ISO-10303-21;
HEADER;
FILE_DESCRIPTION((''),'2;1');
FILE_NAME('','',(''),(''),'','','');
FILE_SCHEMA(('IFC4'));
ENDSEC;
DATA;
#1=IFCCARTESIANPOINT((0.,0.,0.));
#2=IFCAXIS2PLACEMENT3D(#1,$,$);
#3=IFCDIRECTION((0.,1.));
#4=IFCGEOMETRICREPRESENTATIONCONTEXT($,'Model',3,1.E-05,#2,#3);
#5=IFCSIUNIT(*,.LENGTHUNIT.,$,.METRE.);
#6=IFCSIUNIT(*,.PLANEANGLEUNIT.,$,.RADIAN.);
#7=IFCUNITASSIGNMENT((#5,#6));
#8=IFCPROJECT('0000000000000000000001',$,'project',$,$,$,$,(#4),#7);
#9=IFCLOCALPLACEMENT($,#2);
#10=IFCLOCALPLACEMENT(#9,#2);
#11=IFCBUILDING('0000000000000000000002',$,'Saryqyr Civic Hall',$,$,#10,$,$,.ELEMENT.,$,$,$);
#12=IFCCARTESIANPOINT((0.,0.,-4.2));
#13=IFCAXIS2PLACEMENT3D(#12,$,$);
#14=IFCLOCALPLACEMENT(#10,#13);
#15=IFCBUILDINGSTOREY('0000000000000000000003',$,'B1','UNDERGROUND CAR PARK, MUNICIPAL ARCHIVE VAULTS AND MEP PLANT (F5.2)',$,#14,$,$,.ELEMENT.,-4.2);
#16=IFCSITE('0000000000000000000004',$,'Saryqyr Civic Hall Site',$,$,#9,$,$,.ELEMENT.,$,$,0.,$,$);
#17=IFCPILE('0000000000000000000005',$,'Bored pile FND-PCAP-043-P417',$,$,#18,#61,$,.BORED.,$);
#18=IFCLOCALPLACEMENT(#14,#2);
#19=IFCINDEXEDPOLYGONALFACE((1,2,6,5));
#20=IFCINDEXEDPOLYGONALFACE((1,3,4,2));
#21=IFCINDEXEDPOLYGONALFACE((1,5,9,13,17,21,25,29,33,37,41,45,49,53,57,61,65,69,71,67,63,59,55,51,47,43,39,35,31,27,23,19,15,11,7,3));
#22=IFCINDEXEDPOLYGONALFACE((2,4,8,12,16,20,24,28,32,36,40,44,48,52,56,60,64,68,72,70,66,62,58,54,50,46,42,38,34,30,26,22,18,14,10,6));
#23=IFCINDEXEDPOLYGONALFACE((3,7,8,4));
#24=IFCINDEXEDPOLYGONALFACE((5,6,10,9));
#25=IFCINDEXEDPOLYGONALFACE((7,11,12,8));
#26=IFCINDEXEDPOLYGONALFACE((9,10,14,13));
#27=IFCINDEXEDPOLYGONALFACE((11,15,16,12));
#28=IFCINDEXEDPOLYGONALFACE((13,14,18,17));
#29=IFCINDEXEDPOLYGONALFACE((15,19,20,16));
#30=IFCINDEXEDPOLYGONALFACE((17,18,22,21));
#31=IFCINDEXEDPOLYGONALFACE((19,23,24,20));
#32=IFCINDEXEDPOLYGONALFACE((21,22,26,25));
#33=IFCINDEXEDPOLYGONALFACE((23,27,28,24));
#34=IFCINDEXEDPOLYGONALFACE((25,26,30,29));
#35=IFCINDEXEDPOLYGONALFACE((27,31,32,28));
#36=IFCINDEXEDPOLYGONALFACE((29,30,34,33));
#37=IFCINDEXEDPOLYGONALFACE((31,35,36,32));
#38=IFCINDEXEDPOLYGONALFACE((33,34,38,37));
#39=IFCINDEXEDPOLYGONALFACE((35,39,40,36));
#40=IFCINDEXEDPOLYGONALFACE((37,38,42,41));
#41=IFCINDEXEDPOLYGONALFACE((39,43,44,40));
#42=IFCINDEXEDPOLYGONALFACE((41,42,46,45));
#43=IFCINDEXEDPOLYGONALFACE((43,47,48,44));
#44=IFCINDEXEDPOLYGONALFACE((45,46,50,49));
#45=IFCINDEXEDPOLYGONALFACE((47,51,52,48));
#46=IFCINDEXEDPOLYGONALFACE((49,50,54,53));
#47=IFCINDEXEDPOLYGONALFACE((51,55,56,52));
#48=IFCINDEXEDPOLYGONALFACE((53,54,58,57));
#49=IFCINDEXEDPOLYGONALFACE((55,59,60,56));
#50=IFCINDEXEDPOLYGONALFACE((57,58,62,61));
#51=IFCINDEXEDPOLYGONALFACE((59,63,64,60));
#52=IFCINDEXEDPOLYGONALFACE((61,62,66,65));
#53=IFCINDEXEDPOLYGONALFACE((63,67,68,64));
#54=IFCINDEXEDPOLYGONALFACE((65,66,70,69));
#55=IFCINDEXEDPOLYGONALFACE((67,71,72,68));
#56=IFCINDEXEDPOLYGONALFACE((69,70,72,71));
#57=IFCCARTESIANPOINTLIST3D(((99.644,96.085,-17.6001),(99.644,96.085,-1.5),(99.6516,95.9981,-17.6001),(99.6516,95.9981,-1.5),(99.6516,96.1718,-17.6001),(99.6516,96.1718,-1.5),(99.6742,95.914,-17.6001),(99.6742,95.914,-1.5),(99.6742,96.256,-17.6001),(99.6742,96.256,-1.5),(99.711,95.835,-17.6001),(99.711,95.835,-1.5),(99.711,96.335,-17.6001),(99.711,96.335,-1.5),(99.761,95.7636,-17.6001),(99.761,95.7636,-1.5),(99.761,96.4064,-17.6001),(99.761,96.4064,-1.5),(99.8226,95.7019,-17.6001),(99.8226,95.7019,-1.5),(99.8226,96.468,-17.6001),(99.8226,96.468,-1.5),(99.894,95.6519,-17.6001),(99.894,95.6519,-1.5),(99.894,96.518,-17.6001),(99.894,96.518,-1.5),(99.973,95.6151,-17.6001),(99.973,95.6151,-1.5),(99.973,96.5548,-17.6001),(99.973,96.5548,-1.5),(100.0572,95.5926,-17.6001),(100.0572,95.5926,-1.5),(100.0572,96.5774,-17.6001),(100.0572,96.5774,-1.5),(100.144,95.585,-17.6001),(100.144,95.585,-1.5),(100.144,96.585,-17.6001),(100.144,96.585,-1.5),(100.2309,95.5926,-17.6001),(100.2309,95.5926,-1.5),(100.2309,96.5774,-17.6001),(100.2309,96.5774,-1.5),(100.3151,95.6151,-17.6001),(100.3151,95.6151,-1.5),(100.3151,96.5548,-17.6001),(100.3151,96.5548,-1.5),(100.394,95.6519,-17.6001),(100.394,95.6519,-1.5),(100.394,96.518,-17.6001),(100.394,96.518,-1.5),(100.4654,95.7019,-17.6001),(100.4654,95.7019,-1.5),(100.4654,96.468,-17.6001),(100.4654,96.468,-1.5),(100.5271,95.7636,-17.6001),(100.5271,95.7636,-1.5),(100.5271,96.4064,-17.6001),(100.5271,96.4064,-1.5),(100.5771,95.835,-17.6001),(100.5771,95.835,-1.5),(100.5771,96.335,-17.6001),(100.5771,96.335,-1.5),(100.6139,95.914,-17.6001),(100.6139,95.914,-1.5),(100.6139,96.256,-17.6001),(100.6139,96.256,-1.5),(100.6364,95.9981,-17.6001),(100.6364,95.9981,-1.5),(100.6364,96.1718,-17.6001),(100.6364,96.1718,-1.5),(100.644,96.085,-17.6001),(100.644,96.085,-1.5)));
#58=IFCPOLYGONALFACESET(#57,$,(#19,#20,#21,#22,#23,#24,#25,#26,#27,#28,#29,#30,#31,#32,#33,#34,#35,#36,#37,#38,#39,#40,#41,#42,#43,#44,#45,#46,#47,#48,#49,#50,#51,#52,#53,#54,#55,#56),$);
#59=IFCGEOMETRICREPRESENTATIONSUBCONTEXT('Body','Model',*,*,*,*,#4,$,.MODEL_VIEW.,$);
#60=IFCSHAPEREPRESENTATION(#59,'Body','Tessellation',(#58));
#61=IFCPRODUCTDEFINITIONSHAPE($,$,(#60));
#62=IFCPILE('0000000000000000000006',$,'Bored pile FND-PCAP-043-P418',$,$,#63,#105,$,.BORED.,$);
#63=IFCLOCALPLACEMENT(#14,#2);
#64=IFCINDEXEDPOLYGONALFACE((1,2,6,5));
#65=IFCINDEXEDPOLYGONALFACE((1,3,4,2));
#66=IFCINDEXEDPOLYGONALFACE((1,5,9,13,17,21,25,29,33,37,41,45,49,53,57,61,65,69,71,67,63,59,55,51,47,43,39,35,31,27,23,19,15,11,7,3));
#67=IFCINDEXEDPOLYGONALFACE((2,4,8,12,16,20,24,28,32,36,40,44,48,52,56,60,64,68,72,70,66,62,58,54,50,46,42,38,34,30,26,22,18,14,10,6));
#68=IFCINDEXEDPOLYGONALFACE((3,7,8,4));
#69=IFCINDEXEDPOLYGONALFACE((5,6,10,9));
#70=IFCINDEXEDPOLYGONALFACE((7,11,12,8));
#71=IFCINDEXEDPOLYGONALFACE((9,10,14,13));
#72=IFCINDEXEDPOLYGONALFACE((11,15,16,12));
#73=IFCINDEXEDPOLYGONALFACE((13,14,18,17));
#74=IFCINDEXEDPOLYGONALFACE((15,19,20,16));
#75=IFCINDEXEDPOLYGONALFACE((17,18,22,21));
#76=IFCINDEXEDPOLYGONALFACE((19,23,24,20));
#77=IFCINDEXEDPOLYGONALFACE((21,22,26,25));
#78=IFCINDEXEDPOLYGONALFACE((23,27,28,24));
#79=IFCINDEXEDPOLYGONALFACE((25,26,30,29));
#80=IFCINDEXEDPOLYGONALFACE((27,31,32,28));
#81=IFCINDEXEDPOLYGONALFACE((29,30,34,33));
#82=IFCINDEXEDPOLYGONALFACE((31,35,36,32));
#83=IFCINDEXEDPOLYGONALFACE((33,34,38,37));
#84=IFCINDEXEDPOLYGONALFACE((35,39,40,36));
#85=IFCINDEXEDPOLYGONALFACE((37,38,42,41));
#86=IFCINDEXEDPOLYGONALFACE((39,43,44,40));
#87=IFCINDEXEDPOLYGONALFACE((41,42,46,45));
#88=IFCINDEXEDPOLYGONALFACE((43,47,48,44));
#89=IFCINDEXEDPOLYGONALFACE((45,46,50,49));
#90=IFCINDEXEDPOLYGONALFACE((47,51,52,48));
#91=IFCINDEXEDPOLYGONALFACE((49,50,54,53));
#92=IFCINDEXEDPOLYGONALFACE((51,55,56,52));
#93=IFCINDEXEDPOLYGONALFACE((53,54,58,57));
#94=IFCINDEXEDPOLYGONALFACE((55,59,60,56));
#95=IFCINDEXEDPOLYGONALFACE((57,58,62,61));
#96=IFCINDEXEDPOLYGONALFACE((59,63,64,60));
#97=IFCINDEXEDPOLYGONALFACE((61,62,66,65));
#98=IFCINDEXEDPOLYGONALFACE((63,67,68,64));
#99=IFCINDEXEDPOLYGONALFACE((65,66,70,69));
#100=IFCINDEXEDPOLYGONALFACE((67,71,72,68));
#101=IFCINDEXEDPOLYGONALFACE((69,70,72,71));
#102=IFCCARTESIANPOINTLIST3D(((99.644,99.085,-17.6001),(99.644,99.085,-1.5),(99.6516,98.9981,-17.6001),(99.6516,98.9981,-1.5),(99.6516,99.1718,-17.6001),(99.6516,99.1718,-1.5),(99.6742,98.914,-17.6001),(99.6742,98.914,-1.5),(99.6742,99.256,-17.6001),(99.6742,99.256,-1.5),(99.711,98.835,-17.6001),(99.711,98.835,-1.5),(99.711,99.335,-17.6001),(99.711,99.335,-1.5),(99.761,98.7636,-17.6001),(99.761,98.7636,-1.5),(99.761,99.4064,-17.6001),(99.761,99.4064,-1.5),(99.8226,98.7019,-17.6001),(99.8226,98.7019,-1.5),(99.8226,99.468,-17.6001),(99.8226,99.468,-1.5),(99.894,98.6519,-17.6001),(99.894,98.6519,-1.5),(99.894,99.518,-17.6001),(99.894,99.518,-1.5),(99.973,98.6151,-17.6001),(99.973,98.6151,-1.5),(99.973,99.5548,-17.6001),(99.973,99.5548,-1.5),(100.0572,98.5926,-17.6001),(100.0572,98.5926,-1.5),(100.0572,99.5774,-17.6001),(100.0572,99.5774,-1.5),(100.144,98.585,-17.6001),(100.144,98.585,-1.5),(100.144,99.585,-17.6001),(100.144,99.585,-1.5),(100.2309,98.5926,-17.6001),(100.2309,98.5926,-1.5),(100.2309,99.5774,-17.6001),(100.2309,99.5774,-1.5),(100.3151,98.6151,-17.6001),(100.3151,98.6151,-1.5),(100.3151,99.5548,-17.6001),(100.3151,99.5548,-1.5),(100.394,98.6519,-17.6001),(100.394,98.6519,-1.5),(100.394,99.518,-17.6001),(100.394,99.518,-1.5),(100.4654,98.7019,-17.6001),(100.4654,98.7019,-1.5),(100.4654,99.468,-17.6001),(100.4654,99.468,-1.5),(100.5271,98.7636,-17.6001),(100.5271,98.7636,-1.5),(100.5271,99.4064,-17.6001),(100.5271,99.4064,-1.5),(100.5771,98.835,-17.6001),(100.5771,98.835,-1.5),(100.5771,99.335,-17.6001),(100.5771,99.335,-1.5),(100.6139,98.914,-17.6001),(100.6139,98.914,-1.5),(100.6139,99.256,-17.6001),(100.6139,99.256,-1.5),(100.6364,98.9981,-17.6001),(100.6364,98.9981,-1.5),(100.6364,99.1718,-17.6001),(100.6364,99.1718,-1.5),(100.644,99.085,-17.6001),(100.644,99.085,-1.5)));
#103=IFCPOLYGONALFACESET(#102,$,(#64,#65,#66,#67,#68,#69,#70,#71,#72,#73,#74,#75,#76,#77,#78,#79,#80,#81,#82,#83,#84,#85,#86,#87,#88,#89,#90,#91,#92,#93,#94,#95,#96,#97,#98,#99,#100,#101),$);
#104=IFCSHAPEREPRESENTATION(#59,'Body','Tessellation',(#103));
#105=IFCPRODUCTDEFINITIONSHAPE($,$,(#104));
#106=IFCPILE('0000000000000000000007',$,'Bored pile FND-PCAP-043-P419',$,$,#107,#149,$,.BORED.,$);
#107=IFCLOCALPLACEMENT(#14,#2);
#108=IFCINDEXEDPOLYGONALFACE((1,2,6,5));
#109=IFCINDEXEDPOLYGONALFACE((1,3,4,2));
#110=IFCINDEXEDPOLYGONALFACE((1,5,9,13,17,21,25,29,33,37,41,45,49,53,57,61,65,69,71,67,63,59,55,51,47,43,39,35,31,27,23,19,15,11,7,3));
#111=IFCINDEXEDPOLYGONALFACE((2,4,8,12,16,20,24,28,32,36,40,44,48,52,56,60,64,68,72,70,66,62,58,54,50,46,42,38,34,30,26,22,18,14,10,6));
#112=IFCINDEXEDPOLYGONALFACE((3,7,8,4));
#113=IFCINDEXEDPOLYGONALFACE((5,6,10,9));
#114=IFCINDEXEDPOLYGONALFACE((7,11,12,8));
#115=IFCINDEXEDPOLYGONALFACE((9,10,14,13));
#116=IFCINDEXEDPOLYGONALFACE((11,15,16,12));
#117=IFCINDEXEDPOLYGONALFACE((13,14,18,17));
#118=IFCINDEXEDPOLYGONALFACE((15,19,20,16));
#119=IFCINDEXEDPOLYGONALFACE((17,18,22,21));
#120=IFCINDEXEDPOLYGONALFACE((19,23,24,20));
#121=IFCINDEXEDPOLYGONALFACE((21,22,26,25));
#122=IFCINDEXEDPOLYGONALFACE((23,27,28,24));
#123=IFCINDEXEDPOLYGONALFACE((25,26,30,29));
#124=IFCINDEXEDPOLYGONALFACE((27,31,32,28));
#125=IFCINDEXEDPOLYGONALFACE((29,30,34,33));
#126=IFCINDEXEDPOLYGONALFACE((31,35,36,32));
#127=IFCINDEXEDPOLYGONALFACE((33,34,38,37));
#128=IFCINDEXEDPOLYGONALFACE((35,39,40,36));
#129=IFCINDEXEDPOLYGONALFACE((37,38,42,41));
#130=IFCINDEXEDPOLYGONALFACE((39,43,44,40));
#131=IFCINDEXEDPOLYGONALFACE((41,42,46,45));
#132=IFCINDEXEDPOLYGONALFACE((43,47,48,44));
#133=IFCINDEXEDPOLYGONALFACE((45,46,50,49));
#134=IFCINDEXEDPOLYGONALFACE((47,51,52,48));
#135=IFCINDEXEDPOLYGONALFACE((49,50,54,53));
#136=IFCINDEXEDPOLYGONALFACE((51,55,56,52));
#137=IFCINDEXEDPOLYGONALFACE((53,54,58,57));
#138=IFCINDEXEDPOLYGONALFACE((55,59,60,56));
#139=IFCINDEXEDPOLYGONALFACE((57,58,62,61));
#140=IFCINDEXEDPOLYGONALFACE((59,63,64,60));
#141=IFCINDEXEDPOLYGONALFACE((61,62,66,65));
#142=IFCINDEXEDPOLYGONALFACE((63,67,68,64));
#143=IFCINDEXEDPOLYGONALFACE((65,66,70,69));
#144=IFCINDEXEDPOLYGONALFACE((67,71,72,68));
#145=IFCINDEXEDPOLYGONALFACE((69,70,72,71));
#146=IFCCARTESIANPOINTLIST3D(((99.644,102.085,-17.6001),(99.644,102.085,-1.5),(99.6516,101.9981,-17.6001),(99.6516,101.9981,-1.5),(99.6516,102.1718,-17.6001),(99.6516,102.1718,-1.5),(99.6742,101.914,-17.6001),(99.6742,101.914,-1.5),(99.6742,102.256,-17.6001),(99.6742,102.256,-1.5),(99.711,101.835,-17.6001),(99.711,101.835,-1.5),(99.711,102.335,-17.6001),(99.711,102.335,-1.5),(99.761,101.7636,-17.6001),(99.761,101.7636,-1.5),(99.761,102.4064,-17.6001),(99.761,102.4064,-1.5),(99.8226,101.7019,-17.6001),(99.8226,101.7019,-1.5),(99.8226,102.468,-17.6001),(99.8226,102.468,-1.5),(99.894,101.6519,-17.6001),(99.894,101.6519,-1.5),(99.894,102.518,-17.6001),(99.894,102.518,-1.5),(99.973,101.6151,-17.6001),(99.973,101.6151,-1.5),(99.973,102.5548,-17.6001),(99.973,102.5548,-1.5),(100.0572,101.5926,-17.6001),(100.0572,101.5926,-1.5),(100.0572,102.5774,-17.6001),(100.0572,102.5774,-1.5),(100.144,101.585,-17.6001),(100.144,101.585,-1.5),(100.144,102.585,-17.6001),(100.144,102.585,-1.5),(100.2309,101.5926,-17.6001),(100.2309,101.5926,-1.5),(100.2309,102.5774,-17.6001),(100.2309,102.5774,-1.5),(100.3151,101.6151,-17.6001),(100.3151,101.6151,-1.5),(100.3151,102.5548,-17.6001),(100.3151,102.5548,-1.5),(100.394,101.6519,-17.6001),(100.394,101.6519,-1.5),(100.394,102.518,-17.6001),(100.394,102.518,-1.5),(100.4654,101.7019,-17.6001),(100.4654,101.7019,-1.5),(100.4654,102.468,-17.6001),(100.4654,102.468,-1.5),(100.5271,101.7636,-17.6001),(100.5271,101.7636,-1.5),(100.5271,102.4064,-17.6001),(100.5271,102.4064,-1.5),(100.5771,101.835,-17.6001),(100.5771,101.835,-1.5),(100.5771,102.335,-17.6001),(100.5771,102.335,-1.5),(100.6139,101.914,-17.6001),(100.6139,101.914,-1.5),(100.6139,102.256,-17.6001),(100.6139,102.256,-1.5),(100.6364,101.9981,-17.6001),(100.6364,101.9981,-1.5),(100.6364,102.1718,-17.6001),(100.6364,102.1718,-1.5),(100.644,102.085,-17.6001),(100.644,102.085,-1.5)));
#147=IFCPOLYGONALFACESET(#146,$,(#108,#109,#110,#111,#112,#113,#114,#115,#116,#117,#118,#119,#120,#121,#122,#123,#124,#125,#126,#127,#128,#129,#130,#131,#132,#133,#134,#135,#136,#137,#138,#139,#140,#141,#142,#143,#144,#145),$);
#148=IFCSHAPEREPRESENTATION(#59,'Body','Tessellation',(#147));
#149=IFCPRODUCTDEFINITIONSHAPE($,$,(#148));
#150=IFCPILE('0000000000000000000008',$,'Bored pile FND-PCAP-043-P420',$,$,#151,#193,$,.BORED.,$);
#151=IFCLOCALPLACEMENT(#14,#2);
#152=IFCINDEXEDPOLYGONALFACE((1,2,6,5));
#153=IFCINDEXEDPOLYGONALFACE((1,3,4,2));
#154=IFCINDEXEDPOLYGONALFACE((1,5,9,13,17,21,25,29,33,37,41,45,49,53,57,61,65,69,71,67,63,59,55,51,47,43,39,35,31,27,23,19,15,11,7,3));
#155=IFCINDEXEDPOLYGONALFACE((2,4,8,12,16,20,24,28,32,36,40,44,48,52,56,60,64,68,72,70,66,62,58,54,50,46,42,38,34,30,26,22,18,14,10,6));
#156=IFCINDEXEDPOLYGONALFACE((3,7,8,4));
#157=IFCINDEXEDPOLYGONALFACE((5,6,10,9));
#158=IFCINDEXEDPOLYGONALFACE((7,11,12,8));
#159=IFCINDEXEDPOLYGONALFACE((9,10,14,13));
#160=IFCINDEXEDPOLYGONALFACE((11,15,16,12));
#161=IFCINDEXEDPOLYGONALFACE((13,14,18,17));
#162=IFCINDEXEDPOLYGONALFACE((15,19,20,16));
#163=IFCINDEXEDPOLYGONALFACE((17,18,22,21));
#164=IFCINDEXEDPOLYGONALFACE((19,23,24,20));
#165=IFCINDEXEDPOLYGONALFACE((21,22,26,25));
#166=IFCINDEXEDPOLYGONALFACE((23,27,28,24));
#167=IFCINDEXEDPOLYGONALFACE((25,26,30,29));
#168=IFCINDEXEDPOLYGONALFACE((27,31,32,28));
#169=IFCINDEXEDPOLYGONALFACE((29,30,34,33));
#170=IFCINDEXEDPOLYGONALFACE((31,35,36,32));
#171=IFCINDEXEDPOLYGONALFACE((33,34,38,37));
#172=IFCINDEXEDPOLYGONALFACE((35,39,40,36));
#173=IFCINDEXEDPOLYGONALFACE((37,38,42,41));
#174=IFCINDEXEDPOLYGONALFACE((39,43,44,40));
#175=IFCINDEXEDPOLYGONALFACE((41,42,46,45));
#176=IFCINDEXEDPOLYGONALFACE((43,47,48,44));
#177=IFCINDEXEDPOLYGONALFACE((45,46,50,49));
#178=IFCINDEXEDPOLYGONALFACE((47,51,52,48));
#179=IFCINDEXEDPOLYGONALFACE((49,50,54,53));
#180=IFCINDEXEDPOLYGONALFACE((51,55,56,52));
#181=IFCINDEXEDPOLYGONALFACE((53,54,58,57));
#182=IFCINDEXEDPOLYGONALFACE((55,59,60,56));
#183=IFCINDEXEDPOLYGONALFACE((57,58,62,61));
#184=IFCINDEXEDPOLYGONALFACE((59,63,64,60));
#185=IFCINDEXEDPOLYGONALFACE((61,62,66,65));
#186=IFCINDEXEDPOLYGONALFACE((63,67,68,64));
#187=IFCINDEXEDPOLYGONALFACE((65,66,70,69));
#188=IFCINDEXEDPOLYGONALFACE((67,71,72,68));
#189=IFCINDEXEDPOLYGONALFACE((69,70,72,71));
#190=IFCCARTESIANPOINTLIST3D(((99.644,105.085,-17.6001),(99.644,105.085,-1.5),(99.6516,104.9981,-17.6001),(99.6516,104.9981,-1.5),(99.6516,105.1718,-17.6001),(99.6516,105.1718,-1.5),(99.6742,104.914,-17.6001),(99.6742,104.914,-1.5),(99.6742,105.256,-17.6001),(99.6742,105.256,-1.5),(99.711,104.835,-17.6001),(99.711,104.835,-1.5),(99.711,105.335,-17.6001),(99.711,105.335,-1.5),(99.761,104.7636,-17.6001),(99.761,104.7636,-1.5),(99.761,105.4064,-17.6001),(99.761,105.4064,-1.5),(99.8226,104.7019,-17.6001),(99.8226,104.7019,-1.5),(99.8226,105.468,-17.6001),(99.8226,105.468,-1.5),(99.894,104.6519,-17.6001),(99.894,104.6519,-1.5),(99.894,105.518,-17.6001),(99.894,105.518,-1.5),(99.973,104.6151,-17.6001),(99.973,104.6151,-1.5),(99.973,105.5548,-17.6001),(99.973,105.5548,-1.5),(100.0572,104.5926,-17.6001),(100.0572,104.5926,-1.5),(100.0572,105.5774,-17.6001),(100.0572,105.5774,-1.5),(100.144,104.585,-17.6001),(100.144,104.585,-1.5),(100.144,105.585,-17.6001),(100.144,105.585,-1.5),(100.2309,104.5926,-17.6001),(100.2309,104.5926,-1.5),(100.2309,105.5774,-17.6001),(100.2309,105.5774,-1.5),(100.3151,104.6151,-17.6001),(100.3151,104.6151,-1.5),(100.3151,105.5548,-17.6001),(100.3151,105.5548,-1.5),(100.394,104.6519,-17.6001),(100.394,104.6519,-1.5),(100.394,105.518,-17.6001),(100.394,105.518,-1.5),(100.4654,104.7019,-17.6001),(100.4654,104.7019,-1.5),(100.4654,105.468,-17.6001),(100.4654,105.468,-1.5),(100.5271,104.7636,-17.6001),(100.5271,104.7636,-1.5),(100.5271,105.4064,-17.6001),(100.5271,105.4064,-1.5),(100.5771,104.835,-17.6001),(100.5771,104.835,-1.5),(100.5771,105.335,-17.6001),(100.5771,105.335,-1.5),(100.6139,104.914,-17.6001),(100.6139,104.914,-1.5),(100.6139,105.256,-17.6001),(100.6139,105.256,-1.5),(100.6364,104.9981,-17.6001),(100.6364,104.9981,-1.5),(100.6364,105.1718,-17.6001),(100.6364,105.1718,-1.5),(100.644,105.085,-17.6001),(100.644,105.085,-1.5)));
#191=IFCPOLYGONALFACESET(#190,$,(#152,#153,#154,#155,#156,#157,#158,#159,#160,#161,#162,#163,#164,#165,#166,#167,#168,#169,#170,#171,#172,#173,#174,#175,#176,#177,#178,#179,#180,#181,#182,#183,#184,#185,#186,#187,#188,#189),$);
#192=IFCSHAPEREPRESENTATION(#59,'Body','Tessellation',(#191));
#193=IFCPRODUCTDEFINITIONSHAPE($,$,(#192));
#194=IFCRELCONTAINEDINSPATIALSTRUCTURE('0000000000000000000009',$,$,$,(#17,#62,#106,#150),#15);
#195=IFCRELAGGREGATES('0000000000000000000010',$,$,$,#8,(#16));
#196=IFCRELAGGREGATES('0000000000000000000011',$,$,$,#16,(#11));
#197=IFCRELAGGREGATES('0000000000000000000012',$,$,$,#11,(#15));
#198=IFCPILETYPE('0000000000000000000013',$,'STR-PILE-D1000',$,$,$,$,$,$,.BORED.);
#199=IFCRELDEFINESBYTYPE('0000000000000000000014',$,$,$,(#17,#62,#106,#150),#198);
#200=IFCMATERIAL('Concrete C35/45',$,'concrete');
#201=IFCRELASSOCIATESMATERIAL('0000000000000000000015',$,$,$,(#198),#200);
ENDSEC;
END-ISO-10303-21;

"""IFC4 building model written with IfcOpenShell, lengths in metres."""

from ifc_helpers import new_model, si_unit, direction, frame, origin, origin_2d, place, context, subcontext, project, spatial, circle, extrude, material, material_profile, profile_set, type_object, element, save


model = new_model("IFC4")

# Units and contexts
model_context = context("Model", 3, precision=1e-05, world=origin(), true_north=direction((0.0, 1.0)))
body_context = subcontext(model_context, "Body", "Model", "MODEL_VIEW")
ifc_project = project(units=[si_unit("LENGTHUNIT", "METRE"), si_unit("PLANEANGLEUNIT", "RADIAN")], contexts=[model_context])

# Site, building, storey
site_placement = place(None, origin())
site = spatial("IfcSite", under=ifc_project, at=site_placement, Name="Saryqyr Civic Hall Site", CompositionType="ELEMENT", RefElevation=0.0)
building_placement = place(site_placement, origin())
building = spatial("IfcBuilding", under=site, at=building_placement, Name="Saryqyr Civic Hall", CompositionType="ELEMENT")
storey_placement = place(building_placement, frame((0.0, 0.0, -4.2)))
storey = spatial("IfcBuildingStorey", under=building, at=storey_placement, Name="B1", Description="UNDERGROUND CAR PARK, MUNICIPAL ARCHIVE VAULTS AND MEP PLANT (F5.2)", CompositionType="ELEMENT", Elevation=-4.2)

# Piles
ifc_material_1 = material(Name="Concrete C35/45", Category="concrete")
ifc_material_profile_1 = material_profile(ifc_material_1, circle(Radius=0.5, at=origin_2d()), Name="BORED PILE D1000")
ifc_profile_set_1 = profile_set([ifc_material_profile_1], Name="Concrete C35/45")
pile_type = type_object("IfcPileType", Name="STR-PILE-D1000", PredefinedType="BORED", material=ifc_profile_set_1)
for number, where, z_axis, x_axis, name in (
    (1, (100.144, 96.085, -1.5), (0.0, 0.0, -1.0), (1.0, 0.0, 0.0), "Bored pile FND-PCAP-043-P417"),
    (2, (100.144, 99.085, -1.5), (0.0, 0.0, -1.0), (1.0, 0.0, 0.0), "Bored pile FND-PCAP-043-P418"),
    (3, (100.144, 102.085, -1.5), (0.0, 0.0, -1.0), (1.0, 0.0, 0.0), "Bored pile FND-PCAP-043-P419"),
    (4, (100.144, 105.085, -1.5), (0.0, 0.0, -1.0), (1.0, 0.0, 0.0), "Bored pile FND-PCAP-043-P420"),
):
    element("IfcPile", number, at=place(storey_placement, frame(where, z_axis=z_axis, x_axis=x_axis)), inside=storey, type_object=pile_type, Name=name, PredefinedType="BORED", context=body_context, shape_type="SweptSolid", body=[
        extrude(circle(Radius=0.5, at=origin_2d()), origin(), (0.0, 0.0, 1.0), 16.1001),
    ])

save(model, "model.ifc")
